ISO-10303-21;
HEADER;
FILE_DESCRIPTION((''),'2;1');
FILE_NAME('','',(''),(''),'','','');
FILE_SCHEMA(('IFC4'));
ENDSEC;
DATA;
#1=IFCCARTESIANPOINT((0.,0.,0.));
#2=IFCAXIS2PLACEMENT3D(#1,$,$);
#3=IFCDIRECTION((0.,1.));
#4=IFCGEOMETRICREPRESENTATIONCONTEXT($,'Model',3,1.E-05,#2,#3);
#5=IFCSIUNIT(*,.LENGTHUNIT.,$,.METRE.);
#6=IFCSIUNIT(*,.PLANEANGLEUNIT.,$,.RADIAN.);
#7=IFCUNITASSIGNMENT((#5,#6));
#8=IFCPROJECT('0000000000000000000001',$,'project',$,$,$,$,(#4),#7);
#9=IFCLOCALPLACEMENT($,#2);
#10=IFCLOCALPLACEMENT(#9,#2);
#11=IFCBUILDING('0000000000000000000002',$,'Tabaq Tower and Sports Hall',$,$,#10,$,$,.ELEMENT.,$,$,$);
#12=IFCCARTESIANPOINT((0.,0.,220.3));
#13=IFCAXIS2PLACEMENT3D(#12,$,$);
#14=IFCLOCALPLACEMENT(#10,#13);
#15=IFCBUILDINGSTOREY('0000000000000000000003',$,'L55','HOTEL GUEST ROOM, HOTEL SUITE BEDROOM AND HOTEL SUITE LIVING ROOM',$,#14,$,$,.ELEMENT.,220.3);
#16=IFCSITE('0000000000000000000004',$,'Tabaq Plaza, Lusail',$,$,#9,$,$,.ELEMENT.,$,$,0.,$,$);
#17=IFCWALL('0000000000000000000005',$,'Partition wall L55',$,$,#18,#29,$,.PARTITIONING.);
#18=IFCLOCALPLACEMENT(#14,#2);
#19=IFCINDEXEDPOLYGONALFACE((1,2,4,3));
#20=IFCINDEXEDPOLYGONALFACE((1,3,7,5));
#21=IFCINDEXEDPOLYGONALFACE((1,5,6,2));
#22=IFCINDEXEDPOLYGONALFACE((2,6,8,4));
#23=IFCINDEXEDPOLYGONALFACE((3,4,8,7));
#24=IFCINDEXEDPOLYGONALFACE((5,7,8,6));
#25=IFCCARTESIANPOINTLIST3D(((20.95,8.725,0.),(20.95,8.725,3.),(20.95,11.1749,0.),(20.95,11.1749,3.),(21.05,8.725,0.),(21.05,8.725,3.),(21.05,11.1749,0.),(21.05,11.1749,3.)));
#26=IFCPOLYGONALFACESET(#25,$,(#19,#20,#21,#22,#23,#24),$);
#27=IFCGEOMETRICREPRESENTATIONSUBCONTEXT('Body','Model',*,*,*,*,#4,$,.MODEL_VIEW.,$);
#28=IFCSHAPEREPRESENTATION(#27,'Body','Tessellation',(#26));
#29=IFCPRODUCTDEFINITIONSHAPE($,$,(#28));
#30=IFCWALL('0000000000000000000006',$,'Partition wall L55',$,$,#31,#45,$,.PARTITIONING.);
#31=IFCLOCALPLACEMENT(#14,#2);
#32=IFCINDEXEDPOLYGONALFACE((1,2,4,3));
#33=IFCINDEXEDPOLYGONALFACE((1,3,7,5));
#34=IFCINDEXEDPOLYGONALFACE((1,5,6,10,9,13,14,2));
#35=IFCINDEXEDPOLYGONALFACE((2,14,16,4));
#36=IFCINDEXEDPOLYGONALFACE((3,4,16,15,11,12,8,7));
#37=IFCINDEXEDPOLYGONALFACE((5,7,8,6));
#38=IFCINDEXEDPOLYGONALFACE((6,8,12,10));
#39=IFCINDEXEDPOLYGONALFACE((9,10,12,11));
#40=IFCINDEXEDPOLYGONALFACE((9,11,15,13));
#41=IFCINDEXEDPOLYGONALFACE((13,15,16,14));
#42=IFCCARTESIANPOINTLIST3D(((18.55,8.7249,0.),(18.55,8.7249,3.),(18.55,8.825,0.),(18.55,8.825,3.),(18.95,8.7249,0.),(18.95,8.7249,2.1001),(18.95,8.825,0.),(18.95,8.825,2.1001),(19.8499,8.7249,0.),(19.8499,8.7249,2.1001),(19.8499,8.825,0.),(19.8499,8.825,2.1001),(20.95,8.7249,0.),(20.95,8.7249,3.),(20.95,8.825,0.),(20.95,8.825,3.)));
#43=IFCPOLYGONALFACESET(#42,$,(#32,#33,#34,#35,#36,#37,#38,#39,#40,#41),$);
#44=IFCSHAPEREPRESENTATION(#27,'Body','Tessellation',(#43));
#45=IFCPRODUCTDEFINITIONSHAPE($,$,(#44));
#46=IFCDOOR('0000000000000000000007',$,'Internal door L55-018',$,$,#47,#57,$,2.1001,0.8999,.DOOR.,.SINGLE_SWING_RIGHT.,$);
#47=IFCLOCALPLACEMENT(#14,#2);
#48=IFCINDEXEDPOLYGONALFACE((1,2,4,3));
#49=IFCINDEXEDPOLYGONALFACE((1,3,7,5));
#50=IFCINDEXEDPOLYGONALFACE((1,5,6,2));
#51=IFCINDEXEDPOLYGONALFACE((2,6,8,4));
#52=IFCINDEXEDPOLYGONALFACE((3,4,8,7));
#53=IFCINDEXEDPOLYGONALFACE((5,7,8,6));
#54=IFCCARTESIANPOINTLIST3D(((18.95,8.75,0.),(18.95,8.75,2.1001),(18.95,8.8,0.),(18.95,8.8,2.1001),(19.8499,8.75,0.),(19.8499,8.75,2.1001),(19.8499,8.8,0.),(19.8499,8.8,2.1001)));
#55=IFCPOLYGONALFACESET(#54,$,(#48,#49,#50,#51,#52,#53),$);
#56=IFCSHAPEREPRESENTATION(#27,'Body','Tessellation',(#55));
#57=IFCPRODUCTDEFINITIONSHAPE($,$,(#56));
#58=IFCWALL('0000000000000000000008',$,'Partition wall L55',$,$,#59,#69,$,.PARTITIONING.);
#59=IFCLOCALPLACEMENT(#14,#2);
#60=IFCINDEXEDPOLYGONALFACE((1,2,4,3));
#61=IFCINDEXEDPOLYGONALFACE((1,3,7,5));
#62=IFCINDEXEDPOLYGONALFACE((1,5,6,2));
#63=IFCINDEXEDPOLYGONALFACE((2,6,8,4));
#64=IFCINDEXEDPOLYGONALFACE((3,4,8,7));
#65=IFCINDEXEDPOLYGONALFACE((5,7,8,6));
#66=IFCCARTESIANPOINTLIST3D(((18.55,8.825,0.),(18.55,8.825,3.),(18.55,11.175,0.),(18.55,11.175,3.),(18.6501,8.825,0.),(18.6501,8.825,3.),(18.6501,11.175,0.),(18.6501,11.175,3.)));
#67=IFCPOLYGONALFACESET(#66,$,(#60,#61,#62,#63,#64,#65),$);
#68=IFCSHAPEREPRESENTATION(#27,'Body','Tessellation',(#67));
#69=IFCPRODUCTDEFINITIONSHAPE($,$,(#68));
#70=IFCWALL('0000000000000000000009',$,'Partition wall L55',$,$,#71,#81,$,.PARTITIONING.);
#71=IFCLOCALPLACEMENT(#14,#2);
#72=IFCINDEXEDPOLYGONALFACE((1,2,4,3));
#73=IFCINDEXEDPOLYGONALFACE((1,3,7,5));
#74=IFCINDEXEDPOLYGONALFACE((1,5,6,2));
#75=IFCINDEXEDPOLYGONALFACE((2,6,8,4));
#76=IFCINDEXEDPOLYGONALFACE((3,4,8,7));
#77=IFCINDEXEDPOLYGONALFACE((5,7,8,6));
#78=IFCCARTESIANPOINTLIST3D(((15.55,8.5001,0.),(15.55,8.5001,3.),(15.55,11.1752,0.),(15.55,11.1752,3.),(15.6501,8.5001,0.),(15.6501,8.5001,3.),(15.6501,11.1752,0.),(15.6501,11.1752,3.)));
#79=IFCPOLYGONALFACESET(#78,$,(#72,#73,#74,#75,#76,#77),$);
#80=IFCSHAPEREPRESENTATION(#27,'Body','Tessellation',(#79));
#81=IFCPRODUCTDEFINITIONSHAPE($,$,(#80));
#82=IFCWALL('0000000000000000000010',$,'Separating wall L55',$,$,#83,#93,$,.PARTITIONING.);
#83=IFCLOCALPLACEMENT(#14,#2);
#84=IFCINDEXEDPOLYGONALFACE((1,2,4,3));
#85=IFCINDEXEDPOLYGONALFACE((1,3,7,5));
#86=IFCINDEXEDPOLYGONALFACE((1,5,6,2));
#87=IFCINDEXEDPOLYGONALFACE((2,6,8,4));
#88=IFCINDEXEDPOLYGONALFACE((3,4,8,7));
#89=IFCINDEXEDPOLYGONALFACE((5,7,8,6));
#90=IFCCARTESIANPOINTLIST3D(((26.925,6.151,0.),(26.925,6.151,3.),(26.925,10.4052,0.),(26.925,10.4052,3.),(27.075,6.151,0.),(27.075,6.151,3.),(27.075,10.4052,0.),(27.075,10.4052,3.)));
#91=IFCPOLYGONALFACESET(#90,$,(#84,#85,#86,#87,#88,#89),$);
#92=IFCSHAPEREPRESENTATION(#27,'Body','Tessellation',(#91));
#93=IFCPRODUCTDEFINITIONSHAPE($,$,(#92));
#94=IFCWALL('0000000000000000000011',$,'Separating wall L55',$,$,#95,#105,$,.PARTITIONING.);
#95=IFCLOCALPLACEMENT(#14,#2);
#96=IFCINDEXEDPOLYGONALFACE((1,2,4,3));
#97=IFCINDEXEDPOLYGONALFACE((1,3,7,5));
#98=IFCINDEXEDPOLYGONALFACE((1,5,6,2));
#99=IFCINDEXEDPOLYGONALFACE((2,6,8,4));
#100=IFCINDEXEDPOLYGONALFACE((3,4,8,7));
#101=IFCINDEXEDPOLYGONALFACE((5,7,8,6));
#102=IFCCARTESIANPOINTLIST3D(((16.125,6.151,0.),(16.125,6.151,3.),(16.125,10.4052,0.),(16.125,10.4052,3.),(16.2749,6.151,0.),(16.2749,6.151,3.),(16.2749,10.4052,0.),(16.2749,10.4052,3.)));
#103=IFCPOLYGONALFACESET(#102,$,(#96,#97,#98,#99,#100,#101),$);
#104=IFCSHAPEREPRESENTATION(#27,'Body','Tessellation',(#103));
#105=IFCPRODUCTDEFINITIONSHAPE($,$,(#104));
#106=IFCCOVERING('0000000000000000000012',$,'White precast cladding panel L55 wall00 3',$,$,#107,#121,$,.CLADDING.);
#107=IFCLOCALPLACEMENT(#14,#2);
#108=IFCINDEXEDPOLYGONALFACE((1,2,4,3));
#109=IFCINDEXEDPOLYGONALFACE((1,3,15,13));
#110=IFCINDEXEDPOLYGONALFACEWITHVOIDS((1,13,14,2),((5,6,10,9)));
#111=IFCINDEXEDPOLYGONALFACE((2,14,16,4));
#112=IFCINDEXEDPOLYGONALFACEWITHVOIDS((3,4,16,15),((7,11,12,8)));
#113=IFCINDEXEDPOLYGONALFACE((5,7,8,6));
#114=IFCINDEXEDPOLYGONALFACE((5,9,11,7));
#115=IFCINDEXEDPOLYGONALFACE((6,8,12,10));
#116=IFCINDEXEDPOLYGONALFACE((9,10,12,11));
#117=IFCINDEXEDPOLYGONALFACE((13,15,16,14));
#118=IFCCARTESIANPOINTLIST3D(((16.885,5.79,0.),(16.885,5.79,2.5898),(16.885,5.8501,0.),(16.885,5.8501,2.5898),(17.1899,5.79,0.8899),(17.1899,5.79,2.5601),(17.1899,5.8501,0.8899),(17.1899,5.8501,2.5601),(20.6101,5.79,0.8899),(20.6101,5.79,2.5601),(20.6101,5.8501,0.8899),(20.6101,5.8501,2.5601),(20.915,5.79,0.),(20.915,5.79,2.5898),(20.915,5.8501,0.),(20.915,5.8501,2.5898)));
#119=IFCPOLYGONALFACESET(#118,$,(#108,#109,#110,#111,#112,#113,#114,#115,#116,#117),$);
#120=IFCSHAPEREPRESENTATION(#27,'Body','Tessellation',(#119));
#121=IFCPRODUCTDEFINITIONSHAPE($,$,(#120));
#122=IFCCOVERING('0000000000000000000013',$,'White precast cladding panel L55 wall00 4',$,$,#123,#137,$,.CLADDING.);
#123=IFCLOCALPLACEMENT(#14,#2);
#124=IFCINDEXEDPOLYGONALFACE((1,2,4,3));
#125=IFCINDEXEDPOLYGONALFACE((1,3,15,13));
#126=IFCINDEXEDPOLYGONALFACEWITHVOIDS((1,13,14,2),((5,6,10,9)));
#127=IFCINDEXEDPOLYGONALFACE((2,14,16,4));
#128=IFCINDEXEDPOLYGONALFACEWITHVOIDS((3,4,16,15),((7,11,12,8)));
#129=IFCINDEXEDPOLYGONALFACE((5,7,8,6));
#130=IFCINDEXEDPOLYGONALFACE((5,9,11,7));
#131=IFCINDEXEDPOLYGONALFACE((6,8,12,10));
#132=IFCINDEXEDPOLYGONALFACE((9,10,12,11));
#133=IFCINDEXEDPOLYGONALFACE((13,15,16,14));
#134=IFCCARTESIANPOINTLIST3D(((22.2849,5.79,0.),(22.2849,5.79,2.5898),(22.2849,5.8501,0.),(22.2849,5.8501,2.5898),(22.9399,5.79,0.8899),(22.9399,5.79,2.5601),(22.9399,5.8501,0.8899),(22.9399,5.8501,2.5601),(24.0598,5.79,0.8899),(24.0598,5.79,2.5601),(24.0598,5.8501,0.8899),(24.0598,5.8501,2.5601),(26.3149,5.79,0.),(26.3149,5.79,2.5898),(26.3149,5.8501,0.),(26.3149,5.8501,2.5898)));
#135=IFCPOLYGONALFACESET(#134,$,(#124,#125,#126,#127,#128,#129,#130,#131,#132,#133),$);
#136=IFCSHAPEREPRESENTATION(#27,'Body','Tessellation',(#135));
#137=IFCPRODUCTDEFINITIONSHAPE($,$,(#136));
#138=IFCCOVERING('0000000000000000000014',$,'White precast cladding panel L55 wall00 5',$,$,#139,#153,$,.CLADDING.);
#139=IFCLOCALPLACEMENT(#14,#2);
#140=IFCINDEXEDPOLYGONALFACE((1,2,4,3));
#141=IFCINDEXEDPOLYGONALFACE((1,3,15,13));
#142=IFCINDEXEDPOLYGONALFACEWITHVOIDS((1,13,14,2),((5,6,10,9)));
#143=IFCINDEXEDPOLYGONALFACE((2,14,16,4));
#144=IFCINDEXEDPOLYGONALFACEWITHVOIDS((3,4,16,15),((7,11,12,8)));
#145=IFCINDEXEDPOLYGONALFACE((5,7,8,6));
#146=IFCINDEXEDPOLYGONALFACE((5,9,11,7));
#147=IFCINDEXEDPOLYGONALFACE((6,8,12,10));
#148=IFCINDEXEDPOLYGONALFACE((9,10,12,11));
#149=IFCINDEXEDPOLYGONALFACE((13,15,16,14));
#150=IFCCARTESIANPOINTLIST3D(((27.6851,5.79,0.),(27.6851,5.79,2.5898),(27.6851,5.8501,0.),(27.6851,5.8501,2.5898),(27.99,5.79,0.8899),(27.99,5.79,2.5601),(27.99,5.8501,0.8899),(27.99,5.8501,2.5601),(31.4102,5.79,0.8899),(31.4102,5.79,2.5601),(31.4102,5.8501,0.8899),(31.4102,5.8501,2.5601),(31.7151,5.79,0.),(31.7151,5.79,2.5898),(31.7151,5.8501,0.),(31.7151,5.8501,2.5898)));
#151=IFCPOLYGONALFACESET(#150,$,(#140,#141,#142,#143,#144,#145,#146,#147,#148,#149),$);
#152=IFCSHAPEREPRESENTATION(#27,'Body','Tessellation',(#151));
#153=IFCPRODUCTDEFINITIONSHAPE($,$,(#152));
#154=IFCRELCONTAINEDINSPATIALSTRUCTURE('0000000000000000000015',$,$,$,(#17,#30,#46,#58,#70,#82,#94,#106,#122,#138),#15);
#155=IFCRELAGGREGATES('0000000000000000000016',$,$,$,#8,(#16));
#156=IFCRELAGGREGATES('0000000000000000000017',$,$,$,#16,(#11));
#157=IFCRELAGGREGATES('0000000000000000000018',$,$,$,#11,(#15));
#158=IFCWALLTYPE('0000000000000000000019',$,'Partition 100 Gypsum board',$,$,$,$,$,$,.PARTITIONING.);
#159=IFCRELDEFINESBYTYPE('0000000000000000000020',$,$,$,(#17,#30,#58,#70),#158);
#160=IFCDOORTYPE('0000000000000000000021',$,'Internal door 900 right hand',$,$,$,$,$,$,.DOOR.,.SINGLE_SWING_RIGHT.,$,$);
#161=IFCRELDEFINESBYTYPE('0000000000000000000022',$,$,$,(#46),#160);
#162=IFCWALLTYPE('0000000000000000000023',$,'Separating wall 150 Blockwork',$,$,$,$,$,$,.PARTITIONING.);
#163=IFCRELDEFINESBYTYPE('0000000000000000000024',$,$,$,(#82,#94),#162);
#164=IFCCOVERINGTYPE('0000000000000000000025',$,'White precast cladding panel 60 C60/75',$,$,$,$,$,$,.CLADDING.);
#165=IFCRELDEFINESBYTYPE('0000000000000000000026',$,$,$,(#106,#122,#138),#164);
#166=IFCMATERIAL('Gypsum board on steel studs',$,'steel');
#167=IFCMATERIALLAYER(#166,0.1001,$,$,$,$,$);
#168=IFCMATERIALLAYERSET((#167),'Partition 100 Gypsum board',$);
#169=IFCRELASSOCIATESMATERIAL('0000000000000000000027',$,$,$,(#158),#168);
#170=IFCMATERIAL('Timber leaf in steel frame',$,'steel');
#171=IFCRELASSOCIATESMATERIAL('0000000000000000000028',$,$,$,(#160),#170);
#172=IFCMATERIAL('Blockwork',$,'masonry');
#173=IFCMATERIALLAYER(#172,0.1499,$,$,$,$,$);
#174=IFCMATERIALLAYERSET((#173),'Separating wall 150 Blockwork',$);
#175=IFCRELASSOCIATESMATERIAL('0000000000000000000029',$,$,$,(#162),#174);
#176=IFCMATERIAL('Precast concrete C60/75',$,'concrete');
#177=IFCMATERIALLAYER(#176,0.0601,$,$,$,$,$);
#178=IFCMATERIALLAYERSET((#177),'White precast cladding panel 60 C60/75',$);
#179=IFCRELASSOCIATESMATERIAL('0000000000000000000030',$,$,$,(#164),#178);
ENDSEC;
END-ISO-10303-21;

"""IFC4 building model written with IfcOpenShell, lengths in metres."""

from ifc_helpers import new_model, si_unit, direction, frame, frame_2d, origin, place, context, subcontext, project, spatial, polyline, rectangle, outline, extrude, material, layer, layer_set, type_object, element, fill, save


model = new_model("IFC4")

# Units and contexts
model_context = context("Model", 3, precision=1e-05, world=origin(), true_north=direction((0.0, 1.0)))
body_context = subcontext(model_context, "Body", "Model", "MODEL_VIEW")
ifc_project = project(units=[si_unit("LENGTHUNIT", "METRE"), si_unit("PLANEANGLEUNIT", "RADIAN")], contexts=[model_context])

# Site, building, storey
site_placement = place(None, origin())
site = spatial("IfcSite", under=ifc_project, at=site_placement, Name="Tabaq Plaza, Lusail", CompositionType="ELEMENT", RefElevation=0.0)
building_placement = place(site_placement, origin())
building = spatial("IfcBuilding", under=site, at=building_placement, Name="Tabaq Tower and Sports Hall", CompositionType="ELEMENT")
storey_placement = place(building_placement, frame((0.0, 0.0, 220.3)))
storey = spatial("IfcBuildingStorey", under=building, at=storey_placement, Name="L55", Description="HOTEL GUEST ROOM, HOTEL SUITE BEDROOM AND HOTEL SUITE LIVING ROOM", CompositionType="ELEMENT", Elevation=220.3)

# Shared definitions
ifc_material_1 = material(Name="Gypsum board on steel studs", Category="steel")
ifc_layer_1 = layer(ifc_material_1, 0.1001)
ifc_layer_set_1 = layer_set([ifc_layer_1], Name="Partition 100 Gypsum board")
wall_type_1 = type_object("IfcWallType", Name="Partition 100 Gypsum board", PredefinedType="PARTITIONING", material=ifc_layer_set_1)

# Wall
wall_1_placement = place(storey_placement, frame((21.0, 11.175, 0.0), z_axis=(0.0, 0.0, 1.0), x_axis=(0.0, -1.0, 0.0)))
element("IfcWall", 1, at=wall_1_placement, inside=storey, type_object=wall_type_1, Name="Partition wall L55", PredefinedType="PARTITIONING", context=body_context, shape_type="SweptSolid", body=[
    extrude(rectangle(XDim=2.45, YDim=0.1001, at=frame_2d((1.2251, 0.0))), origin(), (0.0, 0.0, 1.0), 3.0),
])

# Wall, opening, door
wall_2_placement = place(storey_placement, frame((20.95, 8.7749, 0.0), z_axis=(0.0, 0.0, 1.0), x_axis=(-1.0, 0.0, 0.0)))
wall_2 = element("IfcWall", 2, at=wall_2_placement, inside=storey, type_object=wall_type_1, Name="Partition wall L55", PredefinedType="PARTITIONING", context=body_context, shape_type="SweptSolid", body=[
    extrude(rectangle(XDim=2.3999, YDim=0.1001, at=frame_2d((1.2, 0.0))), origin(), (0.0, 0.0, 1.0), 3.0),
])
opening_1_placement = place(wall_2_placement, frame((1.1001, 0.0, 0.0)))
opening_1 = element("IfcOpeningElement", 3, at=opening_1_placement, cuts=wall_2, PredefinedType="OPENING", context=body_context, shape_type="SweptSolid", body=[
    extrude(rectangle(XDim=0.8999, YDim=2.1001, at=frame_2d((0.45, 1.05))), frame((0.0, 0.05, 0.0), z_axis=(0.0, -1.0, 0.0), x_axis=(1.0, 0.0, 0.0)), (0.0, 0.0, 1.0), 0.1001),
])
ifc_material_2 = material(Name="Timber leaf in steel frame", Category="steel")
door_type_1 = type_object("IfcDoorType", Name="Internal door 900 right hand", OperationType="SINGLE_SWING_RIGHT", PredefinedType="DOOR", material=ifc_material_2)
door_1_placement = place(opening_1_placement, origin())
door_1 = element("IfcDoor", 4, at=door_1_placement, inside=storey, type_object=door_type_1, Name="Internal door L55-018", OperationType="SINGLE_SWING_RIGHT", OverallHeight=2.1001, OverallWidth=0.8999, PredefinedType="DOOR", context=body_context, shape_type="SweptSolid", body=[
    extrude(rectangle(XDim=0.8999, YDim=2.1001, at=frame_2d((0.45, 1.05))), frame((0.0, 0.0249, 0.0), z_axis=(0.0, -1.0, 0.0), x_axis=(1.0, 0.0, 0.0)), (0.0, 0.0, 1.0), 0.05),
])
fill(opening_1, door_1)

# Walls
wall_3_placement = place(storey_placement, frame((18.6001, 8.825, 0.0), z_axis=(0.0, 0.0, 1.0), x_axis=(0.0, 1.0, 0.0)))
element("IfcWall", 5, at=wall_3_placement, inside=storey, type_object=wall_type_1, Name="Partition wall L55", PredefinedType="PARTITIONING", context=body_context, shape_type="SweptSolid", body=[
    extrude(rectangle(XDim=2.3501, YDim=0.1001, at=frame_2d((1.175, 0.0))), origin(), (0.0, 0.0, 1.0), 3.0),
])
wall_4_placement = place(storey_placement, frame((15.6001, 11.175, 0.0), z_axis=(0.0, 0.0, 1.0), x_axis=(0.0, -1.0, 0.0)))
element("IfcWall", 6, at=wall_4_placement, inside=storey, type_object=wall_type_1, Name="Partition wall L55", PredefinedType="PARTITIONING", context=body_context, shape_type="SweptSolid", body=[
    extrude(rectangle(XDim=2.675, YDim=0.1001, at=frame_2d((1.3374, 0.0))), origin(), (0.0, 0.0, 1.0), 3.0),
])
ifc_material_3 = material(Name="Blockwork", Category="masonry")
ifc_layer_2 = layer(ifc_material_3, 0.1499)
ifc_layer_set_2 = layer_set([ifc_layer_2], Name="Separating wall 150 Blockwork")
wall_type_2 = type_object("IfcWallType", Name="Separating wall 150 Blockwork", PredefinedType="PARTITIONING", material=ifc_layer_set_2)
for number, where, z_axis, x_axis, name in (
    (7, (27.0, 10.405, 0.0), (0.0, 0.0, 1.0), (0.0, -1.0, 0.0), "Separating wall L55"),
    (8, (16.2, 10.405, 0.0), (0.0, 0.0, 1.0), (0.0, -1.0, 0.0), "Separating wall L55"),
):
    element("IfcWall", number, at=place(storey_placement, frame(where, z_axis=z_axis, x_axis=x_axis)), inside=storey, type_object=wall_type_2, Name=name, PredefinedType="PARTITIONING", context=body_context, shape_type="SweptSolid", body=[
        extrude(rectangle(XDim=4.2542, YDim=0.1499, at=frame_2d((2.127, 0.0))), origin(), (0.0, 0.0, 1.0), 3.0),
    ])

# Coverings
ifc_material_4 = material(Name="Precast concrete C60/75", Category="concrete")
ifc_layer_3 = layer(ifc_material_4, 0.0601)
ifc_layer_set_3 = layer_set([ifc_layer_3], Name="White precast cladding panel 60 C60/75")
covering_type = type_object("IfcCoveringType", Name="White precast cladding panel 60 C60/75", PredefinedType="CLADDING", material=ifc_layer_set_3)
covering_1_placement = place(storey_placement, frame((16.885, 5.8201, 0.0), z_axis=(0.0, 0.0, 1.0), x_axis=(1.0, 0.0, 0.0)))
element("IfcCovering", 9, at=covering_1_placement, inside=storey, type_object=covering_type, Name="White precast cladding panel L55 wall00 3", PredefinedType="CLADDING", context=body_context, shape_type="SweptSolid", body=[
    extrude(outline(polyline([(0.0, 0.0), (4.03, 0.0), (4.03, 2.5898), (0.0, 2.5898), (0.0, 0.0)]), holes=[polyline([(3.7251, 0.8899), (0.3049, 0.8899), (0.3049, 2.5601), (3.7251, 2.5601), (3.7251, 0.8899)])]), frame((0.0, 0.03, 0.0), z_axis=(0.0, -1.0, 0.0), x_axis=(1.0, 0.0, 0.0)), (0.0, 0.0, 1.0), 0.0601),
])
covering_2_placement = place(storey_placement, frame((22.2849, 5.8201, 0.0), z_axis=(0.0, 0.0, 1.0), x_axis=(1.0, 0.0, 0.0)))
element("IfcCovering", 10, at=covering_2_placement, inside=storey, type_object=covering_type, Name="White precast cladding panel L55 wall00 4", PredefinedType="CLADDING", context=body_context, shape_type="SweptSolid", body=[
    extrude(outline(polyline([(0.0, 0.0), (4.03, 0.0), (4.03, 2.5898), (0.0, 2.5898), (0.0, 0.0)]), holes=[polyline([(1.7749, 0.8899), (0.655, 0.8899), (0.655, 2.5601), (1.7749, 2.5601), (1.7749, 0.8899)])]), frame((0.0, 0.03, 0.0), z_axis=(0.0, -1.0, 0.0), x_axis=(1.0, 0.0, 0.0)), (0.0, 0.0, 1.0), 0.0601),
])
covering_3_placement = place(storey_placement, frame((27.6851, 5.8201, 0.0), z_axis=(0.0, 0.0, 1.0), x_axis=(1.0, 0.0, 0.0)))
element("IfcCovering", 11, at=covering_3_placement, inside=storey, type_object=covering_type, Name="White precast cladding panel L55 wall00 5", PredefinedType="CLADDING", context=body_context, shape_type="SweptSolid", body=[
    extrude(outline(polyline([(0.0, 0.0), (4.03, 0.0), (4.03, 2.5898), (0.0, 2.5898), (0.0, 0.0)]), holes=[polyline([(3.7251, 0.8899), (0.3049, 0.8899), (0.3049, 2.5601), (3.7251, 2.5601), (3.7251, 0.8899)])]), frame((0.0, 0.03, 0.0), z_axis=(0.0, -1.0, 0.0), x_axis=(1.0, 0.0, 0.0)), (0.0, 0.0, 1.0), 0.0601),
])

save(model, "model.ifc")
